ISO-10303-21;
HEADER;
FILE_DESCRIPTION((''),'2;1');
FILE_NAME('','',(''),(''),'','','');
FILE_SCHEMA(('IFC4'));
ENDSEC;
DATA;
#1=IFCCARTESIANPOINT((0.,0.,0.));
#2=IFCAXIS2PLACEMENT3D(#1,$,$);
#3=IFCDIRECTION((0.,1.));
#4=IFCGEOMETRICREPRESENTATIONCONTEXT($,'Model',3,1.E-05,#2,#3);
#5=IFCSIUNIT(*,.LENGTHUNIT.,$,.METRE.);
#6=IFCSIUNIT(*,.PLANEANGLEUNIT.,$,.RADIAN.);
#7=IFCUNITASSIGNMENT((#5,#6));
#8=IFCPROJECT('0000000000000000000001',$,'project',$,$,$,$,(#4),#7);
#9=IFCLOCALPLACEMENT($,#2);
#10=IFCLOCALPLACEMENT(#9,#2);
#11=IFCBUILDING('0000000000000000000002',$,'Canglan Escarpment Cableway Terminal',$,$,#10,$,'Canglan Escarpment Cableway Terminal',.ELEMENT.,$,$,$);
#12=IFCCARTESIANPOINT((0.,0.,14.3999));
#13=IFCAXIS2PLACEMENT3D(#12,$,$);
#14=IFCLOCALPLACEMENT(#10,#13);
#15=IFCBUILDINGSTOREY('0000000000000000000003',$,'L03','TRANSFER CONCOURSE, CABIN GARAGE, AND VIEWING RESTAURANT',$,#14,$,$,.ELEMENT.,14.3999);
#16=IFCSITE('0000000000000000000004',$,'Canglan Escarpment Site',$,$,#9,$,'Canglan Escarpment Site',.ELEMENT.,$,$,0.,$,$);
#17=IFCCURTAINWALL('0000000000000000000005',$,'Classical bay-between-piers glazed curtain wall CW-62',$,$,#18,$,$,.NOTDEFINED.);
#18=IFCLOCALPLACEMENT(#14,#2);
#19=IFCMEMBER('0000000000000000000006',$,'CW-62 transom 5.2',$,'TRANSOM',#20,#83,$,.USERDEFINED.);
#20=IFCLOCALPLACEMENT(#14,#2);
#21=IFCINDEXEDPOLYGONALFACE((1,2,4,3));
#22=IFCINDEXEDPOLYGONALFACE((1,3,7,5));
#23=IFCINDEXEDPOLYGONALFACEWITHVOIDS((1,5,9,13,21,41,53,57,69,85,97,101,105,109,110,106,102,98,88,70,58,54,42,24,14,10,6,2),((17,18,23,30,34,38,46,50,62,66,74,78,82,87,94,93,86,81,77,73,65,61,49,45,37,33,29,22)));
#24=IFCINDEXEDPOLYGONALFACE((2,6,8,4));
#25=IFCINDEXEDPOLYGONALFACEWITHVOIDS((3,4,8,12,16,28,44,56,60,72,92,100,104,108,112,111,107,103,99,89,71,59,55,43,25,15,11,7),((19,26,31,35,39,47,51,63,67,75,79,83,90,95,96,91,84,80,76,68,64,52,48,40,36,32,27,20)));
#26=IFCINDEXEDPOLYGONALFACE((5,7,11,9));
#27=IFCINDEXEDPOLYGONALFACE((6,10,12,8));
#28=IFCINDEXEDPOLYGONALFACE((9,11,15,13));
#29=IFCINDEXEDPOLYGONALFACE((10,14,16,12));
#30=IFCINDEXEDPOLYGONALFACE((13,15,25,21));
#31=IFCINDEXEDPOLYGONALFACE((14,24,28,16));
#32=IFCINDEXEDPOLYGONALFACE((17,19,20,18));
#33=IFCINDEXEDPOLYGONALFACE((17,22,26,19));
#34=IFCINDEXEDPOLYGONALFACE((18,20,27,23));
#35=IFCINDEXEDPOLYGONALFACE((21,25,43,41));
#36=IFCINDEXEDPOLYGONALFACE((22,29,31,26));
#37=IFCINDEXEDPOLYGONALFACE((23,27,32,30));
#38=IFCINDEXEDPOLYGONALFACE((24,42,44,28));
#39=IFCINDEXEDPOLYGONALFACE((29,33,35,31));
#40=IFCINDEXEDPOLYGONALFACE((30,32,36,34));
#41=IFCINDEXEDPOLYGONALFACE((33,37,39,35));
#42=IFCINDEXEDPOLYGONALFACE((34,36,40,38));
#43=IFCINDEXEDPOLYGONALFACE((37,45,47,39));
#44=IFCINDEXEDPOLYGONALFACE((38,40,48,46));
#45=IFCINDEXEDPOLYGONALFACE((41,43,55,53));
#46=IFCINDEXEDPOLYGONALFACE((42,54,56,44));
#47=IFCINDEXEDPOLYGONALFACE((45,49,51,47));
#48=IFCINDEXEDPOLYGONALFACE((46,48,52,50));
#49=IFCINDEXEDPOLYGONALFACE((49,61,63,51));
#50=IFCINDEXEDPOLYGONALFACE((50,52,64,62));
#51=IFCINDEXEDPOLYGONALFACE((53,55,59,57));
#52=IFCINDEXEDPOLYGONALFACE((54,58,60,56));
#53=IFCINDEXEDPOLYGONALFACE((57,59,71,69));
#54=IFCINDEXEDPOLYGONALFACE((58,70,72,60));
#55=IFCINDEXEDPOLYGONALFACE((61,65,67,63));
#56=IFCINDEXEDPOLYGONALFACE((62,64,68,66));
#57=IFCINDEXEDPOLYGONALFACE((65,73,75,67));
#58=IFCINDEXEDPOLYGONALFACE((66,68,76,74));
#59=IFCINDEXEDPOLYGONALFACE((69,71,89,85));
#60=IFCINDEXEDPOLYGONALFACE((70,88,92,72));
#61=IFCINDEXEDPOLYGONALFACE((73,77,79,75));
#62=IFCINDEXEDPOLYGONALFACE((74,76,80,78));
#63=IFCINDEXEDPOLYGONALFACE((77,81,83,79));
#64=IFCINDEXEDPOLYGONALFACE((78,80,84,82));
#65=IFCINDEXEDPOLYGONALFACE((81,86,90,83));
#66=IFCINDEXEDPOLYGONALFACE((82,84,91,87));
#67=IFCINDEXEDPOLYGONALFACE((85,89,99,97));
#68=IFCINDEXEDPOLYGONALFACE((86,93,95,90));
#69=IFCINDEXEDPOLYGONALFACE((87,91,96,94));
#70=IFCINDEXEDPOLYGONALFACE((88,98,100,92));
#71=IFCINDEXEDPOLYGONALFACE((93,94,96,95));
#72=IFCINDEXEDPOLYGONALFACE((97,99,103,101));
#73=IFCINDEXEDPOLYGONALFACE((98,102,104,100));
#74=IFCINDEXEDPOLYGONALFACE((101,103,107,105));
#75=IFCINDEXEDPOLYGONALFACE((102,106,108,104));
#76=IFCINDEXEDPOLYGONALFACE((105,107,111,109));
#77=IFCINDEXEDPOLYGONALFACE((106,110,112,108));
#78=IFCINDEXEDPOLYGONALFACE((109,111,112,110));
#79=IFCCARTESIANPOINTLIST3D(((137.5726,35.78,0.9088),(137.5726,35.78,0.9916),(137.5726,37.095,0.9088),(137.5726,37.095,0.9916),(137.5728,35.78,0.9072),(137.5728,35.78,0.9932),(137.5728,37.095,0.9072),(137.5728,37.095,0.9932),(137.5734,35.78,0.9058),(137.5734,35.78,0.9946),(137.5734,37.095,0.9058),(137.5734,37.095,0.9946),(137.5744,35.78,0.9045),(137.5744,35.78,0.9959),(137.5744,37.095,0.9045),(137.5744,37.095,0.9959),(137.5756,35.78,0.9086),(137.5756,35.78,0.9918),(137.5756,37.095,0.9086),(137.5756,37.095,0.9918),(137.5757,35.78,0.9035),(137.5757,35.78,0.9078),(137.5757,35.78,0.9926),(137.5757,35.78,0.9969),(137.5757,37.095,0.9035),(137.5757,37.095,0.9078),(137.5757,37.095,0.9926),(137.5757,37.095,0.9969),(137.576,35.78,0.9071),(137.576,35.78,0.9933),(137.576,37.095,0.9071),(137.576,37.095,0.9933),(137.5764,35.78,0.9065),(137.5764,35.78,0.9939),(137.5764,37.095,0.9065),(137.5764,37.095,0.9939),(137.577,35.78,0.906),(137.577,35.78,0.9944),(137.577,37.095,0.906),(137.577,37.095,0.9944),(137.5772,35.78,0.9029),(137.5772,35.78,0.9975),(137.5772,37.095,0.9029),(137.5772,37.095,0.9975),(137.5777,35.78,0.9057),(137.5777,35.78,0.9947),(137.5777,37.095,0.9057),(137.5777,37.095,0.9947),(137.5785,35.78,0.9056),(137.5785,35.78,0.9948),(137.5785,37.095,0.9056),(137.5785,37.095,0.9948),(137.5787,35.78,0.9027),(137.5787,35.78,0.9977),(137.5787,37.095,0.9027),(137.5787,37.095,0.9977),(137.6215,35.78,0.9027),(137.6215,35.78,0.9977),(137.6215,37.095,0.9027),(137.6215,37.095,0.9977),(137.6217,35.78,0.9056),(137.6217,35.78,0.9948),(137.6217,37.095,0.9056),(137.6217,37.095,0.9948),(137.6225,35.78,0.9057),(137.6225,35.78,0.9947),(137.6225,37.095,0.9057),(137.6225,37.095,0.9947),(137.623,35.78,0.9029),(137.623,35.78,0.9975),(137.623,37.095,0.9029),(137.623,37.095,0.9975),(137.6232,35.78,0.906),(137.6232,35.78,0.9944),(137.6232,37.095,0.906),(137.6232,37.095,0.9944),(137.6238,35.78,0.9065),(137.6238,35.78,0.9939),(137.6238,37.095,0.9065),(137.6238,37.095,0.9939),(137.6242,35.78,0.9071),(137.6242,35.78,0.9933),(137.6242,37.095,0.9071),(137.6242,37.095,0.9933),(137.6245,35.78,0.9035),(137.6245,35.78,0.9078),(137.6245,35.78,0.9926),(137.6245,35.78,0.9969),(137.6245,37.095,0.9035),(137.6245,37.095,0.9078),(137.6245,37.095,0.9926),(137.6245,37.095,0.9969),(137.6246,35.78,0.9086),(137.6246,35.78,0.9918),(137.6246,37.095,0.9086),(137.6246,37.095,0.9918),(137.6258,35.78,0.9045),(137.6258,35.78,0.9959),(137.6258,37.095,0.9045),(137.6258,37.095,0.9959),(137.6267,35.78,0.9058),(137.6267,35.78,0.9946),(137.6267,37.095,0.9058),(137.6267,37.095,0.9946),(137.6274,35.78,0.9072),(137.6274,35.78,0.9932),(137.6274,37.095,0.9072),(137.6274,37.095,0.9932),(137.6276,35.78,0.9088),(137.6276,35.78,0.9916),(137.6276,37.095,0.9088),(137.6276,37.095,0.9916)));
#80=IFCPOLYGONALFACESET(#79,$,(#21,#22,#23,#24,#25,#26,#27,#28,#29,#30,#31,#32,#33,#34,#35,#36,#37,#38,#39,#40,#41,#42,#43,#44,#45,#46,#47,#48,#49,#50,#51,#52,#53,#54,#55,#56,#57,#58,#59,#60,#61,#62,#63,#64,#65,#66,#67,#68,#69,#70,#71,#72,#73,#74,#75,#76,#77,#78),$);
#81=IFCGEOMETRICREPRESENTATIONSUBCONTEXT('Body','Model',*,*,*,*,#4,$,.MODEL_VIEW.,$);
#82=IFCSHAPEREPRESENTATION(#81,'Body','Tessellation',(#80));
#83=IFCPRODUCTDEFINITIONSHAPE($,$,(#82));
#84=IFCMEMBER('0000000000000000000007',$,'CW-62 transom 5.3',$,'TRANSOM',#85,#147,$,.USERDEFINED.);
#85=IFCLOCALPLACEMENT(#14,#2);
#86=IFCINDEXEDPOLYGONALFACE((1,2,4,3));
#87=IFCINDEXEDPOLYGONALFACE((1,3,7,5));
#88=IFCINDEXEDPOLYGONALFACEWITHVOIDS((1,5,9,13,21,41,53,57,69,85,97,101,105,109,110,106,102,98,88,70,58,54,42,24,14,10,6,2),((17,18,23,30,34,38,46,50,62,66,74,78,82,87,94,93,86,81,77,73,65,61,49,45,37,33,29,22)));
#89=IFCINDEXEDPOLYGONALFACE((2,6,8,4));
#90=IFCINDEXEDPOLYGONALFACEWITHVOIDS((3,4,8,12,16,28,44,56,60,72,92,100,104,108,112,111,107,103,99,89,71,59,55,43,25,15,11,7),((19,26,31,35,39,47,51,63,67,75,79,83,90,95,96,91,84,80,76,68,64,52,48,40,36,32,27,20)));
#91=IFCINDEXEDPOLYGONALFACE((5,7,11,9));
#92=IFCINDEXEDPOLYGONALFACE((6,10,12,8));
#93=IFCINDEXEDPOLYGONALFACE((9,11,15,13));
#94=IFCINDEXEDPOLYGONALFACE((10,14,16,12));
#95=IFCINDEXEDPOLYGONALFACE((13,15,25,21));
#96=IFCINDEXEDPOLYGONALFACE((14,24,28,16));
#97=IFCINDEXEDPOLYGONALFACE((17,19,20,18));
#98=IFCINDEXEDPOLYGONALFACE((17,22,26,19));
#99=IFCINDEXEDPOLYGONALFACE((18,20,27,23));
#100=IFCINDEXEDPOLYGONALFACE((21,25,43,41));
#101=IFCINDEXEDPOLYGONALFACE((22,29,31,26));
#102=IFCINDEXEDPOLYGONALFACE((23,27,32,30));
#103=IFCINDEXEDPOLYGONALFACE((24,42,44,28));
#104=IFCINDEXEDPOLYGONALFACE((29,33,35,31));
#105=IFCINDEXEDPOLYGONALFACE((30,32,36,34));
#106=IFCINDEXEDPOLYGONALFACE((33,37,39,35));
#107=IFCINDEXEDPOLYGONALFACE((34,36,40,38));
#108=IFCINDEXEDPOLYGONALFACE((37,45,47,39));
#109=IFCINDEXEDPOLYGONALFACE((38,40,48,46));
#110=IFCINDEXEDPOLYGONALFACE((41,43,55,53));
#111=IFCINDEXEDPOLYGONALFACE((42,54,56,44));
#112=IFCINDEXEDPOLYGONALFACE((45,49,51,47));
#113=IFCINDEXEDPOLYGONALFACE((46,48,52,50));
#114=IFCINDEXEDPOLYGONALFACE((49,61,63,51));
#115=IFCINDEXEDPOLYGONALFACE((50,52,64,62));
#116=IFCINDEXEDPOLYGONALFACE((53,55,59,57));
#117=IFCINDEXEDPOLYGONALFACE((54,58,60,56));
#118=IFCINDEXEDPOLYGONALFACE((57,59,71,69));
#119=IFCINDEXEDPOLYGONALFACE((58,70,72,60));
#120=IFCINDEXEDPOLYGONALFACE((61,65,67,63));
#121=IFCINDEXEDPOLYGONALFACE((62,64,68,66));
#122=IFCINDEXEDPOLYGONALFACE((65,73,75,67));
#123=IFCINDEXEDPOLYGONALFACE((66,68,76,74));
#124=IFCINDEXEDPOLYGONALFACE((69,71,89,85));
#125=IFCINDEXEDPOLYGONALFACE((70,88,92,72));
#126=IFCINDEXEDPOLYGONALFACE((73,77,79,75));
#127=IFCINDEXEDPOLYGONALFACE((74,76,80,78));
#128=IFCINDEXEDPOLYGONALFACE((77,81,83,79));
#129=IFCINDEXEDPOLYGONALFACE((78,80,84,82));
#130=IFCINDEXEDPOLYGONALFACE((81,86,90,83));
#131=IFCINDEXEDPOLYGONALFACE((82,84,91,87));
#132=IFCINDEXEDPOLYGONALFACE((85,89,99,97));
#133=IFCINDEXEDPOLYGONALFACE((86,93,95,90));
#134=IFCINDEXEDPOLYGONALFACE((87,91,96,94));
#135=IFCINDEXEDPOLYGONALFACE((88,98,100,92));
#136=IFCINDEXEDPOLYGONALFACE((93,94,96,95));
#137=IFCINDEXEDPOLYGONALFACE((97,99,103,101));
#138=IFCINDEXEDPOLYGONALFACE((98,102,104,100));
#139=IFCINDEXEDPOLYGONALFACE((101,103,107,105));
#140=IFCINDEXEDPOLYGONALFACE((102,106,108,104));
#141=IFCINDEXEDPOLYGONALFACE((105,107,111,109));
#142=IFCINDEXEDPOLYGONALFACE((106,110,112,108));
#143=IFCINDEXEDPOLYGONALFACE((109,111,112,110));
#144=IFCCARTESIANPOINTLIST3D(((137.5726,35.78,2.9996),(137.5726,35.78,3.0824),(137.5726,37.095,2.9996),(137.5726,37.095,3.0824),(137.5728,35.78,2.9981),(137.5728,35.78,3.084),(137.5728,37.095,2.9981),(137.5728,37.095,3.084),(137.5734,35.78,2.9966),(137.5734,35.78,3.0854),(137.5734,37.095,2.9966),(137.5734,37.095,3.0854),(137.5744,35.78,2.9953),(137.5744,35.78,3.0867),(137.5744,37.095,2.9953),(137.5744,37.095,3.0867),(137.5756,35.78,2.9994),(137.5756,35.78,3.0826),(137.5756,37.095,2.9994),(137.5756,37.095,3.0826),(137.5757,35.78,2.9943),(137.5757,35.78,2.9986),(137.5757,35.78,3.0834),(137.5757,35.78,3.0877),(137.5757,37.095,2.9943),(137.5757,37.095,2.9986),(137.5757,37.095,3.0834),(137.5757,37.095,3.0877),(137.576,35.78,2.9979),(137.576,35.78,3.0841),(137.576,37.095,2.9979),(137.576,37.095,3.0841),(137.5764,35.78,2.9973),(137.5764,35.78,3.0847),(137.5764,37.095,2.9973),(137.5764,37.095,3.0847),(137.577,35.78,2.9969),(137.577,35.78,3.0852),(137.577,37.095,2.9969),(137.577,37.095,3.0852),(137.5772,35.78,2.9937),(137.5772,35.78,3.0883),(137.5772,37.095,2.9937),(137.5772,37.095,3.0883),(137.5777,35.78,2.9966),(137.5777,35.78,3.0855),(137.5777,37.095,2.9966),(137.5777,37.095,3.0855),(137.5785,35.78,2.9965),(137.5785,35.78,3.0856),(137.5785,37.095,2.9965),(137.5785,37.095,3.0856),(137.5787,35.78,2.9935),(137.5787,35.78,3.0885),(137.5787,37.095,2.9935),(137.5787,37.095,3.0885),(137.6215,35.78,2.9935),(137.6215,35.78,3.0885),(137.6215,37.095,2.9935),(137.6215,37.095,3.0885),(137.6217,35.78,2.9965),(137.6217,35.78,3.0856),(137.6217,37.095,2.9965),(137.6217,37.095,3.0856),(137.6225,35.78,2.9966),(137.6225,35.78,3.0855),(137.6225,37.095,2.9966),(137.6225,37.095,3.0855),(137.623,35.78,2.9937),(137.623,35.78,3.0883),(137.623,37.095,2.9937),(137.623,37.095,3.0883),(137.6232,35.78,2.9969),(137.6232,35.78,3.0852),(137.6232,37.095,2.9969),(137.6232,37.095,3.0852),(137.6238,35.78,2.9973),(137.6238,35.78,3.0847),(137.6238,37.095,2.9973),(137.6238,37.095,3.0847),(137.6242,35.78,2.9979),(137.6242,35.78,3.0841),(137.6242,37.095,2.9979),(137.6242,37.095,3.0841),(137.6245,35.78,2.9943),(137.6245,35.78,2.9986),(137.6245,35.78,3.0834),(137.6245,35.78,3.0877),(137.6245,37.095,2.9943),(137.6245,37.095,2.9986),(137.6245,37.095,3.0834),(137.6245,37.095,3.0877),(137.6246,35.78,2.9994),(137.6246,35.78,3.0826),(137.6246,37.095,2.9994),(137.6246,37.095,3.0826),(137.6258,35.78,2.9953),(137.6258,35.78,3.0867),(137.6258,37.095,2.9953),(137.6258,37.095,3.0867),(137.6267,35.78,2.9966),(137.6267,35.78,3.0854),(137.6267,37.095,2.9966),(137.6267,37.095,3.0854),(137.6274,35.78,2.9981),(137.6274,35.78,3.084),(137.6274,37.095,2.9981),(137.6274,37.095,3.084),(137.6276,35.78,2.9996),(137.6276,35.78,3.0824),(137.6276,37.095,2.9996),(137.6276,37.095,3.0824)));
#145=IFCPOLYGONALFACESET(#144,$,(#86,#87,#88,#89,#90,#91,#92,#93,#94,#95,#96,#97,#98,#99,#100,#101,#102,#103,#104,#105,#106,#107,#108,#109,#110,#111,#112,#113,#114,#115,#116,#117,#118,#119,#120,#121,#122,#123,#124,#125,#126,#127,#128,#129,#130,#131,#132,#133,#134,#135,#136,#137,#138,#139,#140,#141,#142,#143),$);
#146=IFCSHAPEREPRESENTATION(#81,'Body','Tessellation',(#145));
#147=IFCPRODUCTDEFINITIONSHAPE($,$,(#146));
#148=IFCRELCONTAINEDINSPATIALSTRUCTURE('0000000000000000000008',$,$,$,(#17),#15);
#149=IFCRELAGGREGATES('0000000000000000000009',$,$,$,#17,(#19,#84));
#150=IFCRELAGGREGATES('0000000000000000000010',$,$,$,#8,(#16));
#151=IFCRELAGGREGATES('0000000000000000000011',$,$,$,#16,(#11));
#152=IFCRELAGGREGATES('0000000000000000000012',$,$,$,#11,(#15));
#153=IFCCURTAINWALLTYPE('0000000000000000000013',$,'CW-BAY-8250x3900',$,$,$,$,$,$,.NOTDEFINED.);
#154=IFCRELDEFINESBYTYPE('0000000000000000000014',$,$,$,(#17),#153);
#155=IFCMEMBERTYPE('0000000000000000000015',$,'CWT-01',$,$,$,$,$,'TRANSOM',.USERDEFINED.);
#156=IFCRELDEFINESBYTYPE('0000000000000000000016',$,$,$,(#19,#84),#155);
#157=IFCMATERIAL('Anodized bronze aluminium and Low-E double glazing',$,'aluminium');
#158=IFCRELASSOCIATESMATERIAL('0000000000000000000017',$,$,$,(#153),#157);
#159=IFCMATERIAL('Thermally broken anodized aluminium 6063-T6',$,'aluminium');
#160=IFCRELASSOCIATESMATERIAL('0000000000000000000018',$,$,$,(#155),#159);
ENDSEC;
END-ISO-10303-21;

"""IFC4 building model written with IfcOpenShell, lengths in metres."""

from ifc_helpers import new_model, si_unit, direction, frame, origin, origin_2d, place, context, subcontext, project, spatial, hollow_rectangle, extrude, material, material_profile, profile_set, type_object, element, aggregate, save


model = new_model("IFC4")

# Units and contexts
model_context = context("Model", 3, precision=1e-05, world=origin(), true_north=direction((0.0, 1.0)))
body_context = subcontext(model_context, "Body", "Model", "MODEL_VIEW")
ifc_project = project(units=[si_unit("LENGTHUNIT", "METRE"), si_unit("PLANEANGLEUNIT", "RADIAN")], contexts=[model_context])

# Site, building, storey
site_placement = place(None, origin())
site = spatial("IfcSite", under=ifc_project, at=site_placement, Name="Canglan Escarpment Site", LongName="Canglan Escarpment Site", CompositionType="ELEMENT", RefElevation=0.0)
building_placement = place(site_placement, origin())
building = spatial("IfcBuilding", under=site, at=building_placement, Name="Canglan Escarpment Cableway Terminal", LongName="Canglan Escarpment Cableway Terminal", CompositionType="ELEMENT")
storey_placement = place(building_placement, frame((0.0, 0.0, 14.3999)))
storey = spatial("IfcBuildingStorey", under=building, at=storey_placement, Name="L03", Description="TRANSFER CONCOURSE, CABIN GARAGE, AND VIEWING RESTAURANT", CompositionType="ELEMENT", Elevation=14.3999)

# Curtain wall, members
ifc_material_1 = material(Name="Anodized bronze aluminium and Low-E double glazing", Category="aluminium")
curtain_wall_type = type_object("IfcCurtainWallType", Name="CW-BAY-8250x3900", PredefinedType="NOTDEFINED", material=ifc_material_1)
curtain_wall_placement = place(storey_placement, origin())
curtain_wall = element("IfcCurtainWall", 1, at=curtain_wall_placement, inside=storey, type_object=curtain_wall_type, Name="Classical bay-between-piers glazed curtain wall CW-62", PredefinedType="NOTDEFINED")
ifc_material_2 = material(Name="Thermally broken anodized aluminium 6063-T6", Category="aluminium")
ifc_material_profile_1 = material_profile(ifc_material_2, hollow_rectangle(XDim=0.0549, YDim=0.095, WallThickness=0.0029, InnerFilletRadius=0.0029, OuterFilletRadius=0.0061, at=origin_2d()), Name="ALU-TRAN 55x95x3")
ifc_profile_set_1 = profile_set([ifc_material_profile_1], Name="Thermally broken anodized aluminium 6063-T6")
member_type_1 = type_object("IfcMemberType", Name="CWT-01", ElementType="TRANSOM", PredefinedType="USERDEFINED", material=ifc_profile_set_1)
member_1_placement = place(storey_placement, frame((137.6001, 37.095, 0.9502), z_axis=(0.0, -1.0, 0.0), x_axis=(1.0, 0.0, 0.0)))
member_1 = element("IfcMember", 2, at=member_1_placement, type_object=member_type_1, Name="CW-62 transom 5.2", ObjectType="TRANSOM", PredefinedType="USERDEFINED", context=body_context, shape_type="SweptSolid", body=[
    extrude(hollow_rectangle(XDim=0.0549, YDim=0.095, WallThickness=0.0029, InnerFilletRadius=0.0029, OuterFilletRadius=0.0061, at=origin_2d()), origin(), (0.0, 0.0, 1.0), 1.3149),
])
member_2_placement = place(storey_placement, frame((137.6001, 37.095, 3.041), z_axis=(0.0, -1.0, 0.0), x_axis=(1.0, 0.0, 0.0)))
member_2 = element("IfcMember", 3, at=member_2_placement, type_object=member_type_1, Name="CW-62 transom 5.3", ObjectType="TRANSOM", PredefinedType="USERDEFINED", context=body_context, shape_type="SweptSolid", body=[
    extrude(hollow_rectangle(XDim=0.0549, YDim=0.095, WallThickness=0.0029, InnerFilletRadius=0.0029, OuterFilletRadius=0.0061, at=origin_2d()), origin(), (0.0, 0.0, 1.0), 1.3149),
])
aggregate(curtain_wall, [member_1, member_2])

save(model, "model.ifc")
